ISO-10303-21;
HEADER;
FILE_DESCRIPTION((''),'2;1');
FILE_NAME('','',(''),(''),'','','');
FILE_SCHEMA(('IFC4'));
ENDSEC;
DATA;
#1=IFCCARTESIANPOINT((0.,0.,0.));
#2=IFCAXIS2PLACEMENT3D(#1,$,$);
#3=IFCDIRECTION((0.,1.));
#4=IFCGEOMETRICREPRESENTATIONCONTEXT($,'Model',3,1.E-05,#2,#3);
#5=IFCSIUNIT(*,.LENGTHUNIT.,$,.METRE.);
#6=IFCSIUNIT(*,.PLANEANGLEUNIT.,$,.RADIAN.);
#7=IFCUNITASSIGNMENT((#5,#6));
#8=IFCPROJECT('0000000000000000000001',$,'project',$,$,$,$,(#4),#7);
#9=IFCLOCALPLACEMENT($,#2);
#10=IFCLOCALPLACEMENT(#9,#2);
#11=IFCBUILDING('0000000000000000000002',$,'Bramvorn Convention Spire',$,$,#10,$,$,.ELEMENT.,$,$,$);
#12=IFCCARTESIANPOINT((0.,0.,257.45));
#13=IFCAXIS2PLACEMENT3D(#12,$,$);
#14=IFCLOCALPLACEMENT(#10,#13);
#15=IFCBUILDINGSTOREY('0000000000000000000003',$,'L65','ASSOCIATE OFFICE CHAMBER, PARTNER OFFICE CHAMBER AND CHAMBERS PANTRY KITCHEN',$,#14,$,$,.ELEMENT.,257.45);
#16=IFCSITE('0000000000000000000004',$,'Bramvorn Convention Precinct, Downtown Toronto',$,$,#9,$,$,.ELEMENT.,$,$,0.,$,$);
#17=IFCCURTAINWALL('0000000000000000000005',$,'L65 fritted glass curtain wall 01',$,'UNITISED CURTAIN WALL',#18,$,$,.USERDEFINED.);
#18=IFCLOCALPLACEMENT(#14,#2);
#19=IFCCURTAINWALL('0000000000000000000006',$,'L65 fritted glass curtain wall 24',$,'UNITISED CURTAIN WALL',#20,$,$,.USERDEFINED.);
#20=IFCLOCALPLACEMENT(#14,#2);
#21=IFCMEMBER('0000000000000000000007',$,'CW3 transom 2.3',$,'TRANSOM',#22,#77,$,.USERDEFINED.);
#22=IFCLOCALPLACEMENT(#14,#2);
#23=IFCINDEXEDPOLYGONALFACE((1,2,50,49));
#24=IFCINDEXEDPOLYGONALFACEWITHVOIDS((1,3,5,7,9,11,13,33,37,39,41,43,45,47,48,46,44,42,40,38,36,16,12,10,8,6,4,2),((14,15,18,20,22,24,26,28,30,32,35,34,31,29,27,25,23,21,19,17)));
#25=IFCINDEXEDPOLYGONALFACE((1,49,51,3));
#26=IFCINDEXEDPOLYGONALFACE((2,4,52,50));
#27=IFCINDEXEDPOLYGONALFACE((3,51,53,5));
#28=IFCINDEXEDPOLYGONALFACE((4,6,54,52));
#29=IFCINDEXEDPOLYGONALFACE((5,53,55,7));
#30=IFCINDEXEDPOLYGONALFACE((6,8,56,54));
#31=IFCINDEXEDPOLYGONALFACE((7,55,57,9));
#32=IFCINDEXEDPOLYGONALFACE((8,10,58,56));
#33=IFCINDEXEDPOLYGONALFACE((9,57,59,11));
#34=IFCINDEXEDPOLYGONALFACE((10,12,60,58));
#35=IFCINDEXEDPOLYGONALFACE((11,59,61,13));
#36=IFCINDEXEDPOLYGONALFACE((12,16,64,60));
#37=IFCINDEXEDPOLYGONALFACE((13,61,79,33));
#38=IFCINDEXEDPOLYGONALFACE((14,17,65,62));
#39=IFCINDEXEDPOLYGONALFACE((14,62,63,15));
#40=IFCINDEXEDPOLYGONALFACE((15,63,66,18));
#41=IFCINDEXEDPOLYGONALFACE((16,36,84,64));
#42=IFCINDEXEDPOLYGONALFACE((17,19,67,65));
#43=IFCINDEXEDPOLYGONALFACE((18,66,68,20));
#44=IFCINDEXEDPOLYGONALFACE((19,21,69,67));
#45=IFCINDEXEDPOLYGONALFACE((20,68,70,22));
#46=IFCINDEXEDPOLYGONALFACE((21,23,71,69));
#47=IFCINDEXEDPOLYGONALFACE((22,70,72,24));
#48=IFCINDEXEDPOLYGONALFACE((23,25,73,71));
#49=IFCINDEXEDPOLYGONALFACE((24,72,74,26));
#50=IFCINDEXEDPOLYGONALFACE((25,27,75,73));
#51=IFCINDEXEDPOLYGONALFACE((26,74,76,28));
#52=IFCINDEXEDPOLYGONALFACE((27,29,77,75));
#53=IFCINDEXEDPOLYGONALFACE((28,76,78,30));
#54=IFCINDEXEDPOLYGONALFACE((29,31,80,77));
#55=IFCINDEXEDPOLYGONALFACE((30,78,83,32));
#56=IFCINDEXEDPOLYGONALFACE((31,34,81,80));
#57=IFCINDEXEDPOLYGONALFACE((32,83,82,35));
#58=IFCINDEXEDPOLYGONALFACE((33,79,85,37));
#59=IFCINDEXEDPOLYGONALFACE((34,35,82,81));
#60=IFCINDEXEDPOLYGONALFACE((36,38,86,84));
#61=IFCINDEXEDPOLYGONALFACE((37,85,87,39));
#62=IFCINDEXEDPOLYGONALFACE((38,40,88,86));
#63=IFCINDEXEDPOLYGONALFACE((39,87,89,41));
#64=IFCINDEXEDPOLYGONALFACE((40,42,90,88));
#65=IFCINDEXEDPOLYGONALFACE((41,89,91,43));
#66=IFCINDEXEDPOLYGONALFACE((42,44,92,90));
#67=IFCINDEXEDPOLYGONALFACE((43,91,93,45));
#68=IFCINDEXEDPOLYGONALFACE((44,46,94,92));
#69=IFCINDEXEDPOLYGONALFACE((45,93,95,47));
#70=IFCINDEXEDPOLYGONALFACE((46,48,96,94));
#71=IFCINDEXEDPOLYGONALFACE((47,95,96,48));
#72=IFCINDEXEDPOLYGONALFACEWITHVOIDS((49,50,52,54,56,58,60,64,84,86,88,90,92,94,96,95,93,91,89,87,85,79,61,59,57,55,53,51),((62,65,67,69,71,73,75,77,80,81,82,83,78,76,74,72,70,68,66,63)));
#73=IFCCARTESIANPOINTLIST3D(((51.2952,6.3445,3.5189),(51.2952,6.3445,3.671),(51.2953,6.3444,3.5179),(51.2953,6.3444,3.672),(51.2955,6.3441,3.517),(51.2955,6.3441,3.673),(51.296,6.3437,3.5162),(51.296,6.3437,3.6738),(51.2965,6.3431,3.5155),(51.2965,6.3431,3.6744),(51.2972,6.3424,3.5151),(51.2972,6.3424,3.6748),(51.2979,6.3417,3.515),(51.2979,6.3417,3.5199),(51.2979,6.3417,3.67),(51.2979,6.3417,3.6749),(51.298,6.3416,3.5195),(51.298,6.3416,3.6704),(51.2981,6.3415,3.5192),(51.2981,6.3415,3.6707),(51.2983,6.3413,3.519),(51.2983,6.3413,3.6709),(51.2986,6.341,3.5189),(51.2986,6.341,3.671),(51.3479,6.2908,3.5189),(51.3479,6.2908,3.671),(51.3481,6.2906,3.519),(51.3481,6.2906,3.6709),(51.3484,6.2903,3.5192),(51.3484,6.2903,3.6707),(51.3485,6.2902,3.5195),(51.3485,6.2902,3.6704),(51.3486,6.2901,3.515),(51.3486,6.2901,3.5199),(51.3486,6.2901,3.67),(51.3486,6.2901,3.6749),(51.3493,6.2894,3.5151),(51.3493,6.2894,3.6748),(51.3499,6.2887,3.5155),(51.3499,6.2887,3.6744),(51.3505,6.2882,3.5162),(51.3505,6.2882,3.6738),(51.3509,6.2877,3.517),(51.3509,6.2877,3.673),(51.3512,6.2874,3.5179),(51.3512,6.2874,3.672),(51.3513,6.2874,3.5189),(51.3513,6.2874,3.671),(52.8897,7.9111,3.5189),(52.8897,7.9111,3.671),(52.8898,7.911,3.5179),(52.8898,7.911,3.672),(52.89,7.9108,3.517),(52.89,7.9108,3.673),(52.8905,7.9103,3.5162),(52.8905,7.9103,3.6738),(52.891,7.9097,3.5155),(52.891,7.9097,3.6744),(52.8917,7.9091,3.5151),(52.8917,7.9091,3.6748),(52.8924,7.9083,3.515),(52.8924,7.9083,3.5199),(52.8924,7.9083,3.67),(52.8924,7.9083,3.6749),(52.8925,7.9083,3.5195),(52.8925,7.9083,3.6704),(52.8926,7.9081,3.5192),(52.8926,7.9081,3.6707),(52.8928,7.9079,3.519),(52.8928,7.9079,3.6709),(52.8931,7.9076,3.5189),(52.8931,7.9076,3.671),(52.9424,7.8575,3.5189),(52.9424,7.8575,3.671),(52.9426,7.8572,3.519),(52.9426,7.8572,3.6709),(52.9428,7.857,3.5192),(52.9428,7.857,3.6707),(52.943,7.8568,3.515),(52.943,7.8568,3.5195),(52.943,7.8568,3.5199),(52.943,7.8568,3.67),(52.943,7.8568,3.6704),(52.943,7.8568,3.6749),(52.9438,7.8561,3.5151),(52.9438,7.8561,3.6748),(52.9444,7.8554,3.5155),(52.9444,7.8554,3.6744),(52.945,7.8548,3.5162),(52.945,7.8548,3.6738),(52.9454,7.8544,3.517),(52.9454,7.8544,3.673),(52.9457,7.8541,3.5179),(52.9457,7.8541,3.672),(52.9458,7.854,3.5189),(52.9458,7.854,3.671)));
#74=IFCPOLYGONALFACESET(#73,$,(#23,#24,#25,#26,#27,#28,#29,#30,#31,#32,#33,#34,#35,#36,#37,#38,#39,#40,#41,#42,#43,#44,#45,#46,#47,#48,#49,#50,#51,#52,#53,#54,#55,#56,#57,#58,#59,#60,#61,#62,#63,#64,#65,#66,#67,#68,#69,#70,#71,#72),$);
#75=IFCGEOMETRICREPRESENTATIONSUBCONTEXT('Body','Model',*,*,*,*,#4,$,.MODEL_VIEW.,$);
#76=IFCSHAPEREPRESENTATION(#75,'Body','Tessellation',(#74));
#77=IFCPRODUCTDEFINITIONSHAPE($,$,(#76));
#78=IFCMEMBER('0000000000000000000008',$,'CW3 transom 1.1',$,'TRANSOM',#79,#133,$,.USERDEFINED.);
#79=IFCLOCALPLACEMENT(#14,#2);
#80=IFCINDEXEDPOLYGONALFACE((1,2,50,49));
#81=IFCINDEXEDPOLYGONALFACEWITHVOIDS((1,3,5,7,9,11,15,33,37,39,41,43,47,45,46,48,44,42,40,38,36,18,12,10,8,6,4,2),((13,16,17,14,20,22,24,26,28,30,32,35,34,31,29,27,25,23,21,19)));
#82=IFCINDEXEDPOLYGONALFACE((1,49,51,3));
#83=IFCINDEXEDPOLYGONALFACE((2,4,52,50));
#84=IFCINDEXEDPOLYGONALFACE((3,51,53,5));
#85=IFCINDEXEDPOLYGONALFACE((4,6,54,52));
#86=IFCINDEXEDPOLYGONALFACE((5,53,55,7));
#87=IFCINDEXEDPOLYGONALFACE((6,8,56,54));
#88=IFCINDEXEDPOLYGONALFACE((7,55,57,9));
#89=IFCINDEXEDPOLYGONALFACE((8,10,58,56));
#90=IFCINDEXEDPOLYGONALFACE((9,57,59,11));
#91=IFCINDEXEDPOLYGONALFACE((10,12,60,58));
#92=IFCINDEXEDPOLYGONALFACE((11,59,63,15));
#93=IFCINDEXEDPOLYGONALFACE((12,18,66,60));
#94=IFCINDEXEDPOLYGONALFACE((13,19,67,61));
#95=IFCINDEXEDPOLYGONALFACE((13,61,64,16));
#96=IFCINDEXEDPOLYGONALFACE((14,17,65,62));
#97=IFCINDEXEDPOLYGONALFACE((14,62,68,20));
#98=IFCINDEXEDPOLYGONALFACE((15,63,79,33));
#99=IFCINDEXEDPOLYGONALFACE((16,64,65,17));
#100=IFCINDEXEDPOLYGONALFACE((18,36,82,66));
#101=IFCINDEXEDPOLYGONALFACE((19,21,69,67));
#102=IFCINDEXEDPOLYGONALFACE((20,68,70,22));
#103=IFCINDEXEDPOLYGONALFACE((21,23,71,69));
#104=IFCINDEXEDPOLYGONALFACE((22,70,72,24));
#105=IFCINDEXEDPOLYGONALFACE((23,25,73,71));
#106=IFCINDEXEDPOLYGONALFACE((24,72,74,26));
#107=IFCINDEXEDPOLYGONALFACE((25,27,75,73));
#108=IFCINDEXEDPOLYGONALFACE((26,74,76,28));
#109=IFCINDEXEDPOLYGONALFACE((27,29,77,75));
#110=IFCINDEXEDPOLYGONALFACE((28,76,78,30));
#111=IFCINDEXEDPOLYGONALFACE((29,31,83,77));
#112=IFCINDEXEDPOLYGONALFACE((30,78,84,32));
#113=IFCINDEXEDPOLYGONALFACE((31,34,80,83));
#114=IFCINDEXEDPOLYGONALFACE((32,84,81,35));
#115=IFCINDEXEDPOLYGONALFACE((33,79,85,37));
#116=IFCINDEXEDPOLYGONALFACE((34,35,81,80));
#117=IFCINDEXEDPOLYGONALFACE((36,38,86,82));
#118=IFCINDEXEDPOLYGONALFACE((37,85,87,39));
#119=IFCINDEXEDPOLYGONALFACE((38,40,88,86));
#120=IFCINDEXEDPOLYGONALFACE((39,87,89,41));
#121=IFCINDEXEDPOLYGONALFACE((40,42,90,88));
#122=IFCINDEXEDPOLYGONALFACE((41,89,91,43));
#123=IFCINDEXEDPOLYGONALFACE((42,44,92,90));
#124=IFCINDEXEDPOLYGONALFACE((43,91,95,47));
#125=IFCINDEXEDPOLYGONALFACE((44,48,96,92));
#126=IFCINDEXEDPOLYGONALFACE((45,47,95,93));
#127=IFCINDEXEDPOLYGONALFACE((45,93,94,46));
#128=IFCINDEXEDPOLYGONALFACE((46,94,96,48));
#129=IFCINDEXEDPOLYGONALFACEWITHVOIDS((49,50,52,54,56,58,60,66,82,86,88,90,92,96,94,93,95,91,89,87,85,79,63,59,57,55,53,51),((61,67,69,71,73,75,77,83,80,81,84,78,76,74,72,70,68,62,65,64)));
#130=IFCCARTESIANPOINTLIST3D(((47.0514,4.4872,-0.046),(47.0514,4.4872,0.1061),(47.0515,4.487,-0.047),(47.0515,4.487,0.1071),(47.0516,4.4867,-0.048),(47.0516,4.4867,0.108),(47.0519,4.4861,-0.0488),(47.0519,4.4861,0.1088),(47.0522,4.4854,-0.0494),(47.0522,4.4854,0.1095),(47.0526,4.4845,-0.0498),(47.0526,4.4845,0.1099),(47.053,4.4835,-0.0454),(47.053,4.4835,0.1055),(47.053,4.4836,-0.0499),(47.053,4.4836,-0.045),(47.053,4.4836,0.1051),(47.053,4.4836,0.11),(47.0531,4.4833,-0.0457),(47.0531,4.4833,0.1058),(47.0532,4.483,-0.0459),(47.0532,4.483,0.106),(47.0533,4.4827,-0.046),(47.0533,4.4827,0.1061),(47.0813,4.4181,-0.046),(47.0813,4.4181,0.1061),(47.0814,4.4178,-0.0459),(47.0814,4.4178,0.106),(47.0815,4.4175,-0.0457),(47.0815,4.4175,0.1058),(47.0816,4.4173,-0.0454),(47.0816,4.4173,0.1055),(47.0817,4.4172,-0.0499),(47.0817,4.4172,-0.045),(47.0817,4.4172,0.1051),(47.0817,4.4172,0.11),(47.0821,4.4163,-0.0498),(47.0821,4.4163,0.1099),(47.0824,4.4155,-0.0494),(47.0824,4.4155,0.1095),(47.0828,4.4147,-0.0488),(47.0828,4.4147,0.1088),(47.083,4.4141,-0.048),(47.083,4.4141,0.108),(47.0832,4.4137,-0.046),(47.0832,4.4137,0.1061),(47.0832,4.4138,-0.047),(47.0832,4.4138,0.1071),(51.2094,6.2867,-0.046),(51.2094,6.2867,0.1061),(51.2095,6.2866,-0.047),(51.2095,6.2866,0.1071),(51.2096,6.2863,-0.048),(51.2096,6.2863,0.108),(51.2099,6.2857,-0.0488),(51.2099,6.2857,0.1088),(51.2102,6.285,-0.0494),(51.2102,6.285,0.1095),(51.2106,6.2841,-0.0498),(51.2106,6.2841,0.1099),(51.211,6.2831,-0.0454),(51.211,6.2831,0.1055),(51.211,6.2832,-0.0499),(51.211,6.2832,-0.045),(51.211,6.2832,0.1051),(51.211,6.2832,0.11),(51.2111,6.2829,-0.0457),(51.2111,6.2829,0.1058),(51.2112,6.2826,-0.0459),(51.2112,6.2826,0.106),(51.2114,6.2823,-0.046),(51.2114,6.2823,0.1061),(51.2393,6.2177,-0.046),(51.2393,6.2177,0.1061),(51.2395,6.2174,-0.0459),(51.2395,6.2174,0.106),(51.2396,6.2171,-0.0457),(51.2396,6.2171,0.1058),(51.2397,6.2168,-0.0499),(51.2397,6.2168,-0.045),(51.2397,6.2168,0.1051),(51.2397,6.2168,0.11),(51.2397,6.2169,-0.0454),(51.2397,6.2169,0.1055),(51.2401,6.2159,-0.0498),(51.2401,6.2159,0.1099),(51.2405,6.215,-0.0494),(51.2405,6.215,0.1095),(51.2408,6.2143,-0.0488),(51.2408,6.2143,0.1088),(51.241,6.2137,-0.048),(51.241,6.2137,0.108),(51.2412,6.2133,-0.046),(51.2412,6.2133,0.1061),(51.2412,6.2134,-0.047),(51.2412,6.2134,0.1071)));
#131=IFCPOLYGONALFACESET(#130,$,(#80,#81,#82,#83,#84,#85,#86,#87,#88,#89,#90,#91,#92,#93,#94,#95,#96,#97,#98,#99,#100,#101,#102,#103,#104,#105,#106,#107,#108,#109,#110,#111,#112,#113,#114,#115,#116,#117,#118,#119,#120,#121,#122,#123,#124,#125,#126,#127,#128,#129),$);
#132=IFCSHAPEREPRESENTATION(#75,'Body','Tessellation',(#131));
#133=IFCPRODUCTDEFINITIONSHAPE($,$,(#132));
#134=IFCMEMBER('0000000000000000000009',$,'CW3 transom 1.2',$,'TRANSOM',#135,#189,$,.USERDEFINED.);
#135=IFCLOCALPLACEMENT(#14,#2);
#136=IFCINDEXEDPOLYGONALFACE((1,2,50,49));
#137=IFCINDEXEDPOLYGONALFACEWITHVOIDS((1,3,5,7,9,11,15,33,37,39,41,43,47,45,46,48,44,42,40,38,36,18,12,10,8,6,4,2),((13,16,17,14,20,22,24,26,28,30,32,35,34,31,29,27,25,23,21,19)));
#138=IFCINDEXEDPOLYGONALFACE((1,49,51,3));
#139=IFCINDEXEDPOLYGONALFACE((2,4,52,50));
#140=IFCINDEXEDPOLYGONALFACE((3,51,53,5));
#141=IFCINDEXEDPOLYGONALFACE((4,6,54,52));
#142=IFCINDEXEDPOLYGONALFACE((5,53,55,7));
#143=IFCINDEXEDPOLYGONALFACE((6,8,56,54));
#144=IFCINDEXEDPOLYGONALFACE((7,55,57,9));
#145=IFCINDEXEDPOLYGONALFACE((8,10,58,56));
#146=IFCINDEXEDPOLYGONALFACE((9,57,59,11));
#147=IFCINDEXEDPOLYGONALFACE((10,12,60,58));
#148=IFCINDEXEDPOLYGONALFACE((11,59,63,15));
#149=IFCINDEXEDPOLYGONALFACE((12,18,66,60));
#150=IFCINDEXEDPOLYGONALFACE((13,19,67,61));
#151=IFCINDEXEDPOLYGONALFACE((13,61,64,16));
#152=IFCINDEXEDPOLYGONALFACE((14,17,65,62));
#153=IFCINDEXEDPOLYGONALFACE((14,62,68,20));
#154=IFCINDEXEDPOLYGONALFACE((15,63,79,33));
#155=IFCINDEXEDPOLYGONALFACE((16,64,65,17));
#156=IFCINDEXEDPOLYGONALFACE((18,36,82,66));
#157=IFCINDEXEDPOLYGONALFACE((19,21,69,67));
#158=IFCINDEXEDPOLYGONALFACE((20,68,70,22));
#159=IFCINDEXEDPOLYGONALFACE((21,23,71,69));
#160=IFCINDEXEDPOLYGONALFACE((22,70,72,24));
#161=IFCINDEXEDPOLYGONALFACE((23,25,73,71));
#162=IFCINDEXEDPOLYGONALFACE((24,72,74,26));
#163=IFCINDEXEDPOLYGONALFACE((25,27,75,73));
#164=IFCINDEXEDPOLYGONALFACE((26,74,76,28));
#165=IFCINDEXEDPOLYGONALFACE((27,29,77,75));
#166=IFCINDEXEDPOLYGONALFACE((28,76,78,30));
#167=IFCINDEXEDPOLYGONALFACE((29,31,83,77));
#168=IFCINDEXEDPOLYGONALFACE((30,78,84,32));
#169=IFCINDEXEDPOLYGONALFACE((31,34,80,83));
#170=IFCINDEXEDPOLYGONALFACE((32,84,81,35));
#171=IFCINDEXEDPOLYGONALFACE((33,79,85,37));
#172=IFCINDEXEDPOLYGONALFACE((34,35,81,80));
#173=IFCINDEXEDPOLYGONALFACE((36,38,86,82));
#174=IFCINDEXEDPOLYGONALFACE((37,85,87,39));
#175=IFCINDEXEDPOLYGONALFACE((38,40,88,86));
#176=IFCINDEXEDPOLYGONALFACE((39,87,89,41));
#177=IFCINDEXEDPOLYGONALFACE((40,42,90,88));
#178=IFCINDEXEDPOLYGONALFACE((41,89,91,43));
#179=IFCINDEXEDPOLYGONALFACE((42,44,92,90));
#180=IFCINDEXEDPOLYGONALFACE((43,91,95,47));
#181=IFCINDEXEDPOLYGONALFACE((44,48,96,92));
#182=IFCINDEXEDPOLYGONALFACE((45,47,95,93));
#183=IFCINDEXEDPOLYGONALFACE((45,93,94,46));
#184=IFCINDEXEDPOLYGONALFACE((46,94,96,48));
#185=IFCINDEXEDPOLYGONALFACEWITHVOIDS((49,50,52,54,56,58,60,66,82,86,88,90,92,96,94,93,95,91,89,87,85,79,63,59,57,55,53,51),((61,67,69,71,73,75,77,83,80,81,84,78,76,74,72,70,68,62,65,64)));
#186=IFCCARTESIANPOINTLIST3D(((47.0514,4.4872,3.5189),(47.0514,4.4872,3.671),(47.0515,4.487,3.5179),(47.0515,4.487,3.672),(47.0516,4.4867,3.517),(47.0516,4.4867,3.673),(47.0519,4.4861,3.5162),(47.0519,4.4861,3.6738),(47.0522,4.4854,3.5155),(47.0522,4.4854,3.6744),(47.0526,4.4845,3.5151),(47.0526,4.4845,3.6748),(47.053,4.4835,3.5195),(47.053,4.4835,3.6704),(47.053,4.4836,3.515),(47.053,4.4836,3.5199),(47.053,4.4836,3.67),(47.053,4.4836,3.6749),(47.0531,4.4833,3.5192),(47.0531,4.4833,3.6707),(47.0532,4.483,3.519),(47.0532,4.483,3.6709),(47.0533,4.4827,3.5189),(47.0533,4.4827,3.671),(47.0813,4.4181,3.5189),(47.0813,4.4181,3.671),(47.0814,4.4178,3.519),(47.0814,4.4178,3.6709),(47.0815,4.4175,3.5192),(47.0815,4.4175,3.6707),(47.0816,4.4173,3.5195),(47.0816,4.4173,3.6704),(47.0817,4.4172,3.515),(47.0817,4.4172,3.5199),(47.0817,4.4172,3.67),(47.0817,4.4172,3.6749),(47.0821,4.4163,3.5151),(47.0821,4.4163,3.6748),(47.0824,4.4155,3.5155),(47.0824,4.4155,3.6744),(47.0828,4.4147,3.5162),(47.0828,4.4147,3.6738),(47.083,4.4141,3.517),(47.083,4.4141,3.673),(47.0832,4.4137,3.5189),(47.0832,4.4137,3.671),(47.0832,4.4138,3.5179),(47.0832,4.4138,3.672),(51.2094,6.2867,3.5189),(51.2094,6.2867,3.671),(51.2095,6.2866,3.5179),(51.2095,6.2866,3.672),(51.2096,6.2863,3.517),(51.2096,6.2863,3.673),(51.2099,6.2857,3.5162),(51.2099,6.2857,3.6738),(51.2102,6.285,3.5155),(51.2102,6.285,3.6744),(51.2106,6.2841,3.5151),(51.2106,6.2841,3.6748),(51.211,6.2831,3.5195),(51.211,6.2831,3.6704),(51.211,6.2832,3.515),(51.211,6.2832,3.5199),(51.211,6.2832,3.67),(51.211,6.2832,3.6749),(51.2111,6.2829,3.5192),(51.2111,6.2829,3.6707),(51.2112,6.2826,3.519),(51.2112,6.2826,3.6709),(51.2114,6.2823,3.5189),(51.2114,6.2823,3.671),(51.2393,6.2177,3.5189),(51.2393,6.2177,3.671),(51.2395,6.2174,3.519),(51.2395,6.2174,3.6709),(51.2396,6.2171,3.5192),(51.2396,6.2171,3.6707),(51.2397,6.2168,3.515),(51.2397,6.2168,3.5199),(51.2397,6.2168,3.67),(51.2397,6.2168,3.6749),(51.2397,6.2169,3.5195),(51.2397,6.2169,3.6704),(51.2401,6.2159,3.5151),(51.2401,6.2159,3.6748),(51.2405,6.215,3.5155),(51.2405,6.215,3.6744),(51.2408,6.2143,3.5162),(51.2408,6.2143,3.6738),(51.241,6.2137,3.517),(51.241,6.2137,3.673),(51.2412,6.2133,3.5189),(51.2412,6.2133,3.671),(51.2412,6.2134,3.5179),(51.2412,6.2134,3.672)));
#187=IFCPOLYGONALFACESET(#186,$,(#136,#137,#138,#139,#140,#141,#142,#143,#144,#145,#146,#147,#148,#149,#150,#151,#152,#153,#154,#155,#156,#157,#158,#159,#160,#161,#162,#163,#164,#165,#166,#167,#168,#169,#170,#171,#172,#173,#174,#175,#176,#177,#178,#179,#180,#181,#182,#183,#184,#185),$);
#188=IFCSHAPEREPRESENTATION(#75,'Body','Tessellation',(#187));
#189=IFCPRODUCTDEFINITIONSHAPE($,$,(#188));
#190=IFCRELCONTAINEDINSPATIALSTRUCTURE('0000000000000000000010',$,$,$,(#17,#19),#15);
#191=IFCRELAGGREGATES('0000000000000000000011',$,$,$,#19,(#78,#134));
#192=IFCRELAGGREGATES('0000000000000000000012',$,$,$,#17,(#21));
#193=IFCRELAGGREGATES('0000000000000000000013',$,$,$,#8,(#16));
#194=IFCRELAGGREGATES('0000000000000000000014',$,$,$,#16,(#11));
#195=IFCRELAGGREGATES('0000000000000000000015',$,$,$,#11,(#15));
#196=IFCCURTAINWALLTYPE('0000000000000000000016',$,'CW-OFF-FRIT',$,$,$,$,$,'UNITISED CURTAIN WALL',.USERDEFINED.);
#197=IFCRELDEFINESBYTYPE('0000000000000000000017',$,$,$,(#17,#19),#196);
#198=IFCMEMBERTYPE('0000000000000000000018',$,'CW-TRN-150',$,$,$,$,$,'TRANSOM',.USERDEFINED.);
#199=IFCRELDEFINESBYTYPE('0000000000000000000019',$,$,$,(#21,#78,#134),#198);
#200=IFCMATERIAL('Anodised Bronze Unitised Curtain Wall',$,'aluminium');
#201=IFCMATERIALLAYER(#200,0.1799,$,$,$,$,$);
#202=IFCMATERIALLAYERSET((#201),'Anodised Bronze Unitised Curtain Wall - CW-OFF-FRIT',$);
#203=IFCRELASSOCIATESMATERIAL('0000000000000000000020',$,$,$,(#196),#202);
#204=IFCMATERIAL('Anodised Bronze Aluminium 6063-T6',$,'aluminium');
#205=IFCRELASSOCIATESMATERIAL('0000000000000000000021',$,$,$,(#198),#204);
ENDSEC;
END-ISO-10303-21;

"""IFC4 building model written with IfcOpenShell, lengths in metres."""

from ifc_helpers import new_model, si_unit, direction, frame, origin, origin_2d, place, context, subcontext, project, spatial, hollow_rectangle, extrude, material, layer, layer_set, material_profile, profile_set, type_object, element, aggregate, save


model = new_model("IFC4")

# Units and contexts
model_context = context("Model", 3, precision=1e-05, world=origin(), true_north=direction((0.0, 1.0)))
body_context = subcontext(model_context, "Body", "Model", "MODEL_VIEW")
ifc_project = project(units=[si_unit("LENGTHUNIT", "METRE"), si_unit("PLANEANGLEUNIT", "RADIAN")], contexts=[model_context])

# Site, building, storey
site_placement = place(None, origin())
site = spatial("IfcSite", under=ifc_project, at=site_placement, Name="Bramvorn Convention Precinct, Downtown Toronto", CompositionType="ELEMENT", RefElevation=0.0)
building_placement = place(site_placement, origin())
building = spatial("IfcBuilding", under=site, at=building_placement, Name="Bramvorn Convention Spire", CompositionType="ELEMENT")
storey_placement = place(building_placement, frame((0.0, 0.0, 257.45)))
storey = spatial("IfcBuildingStorey", under=building, at=storey_placement, Name="L65", Description="ASSOCIATE OFFICE CHAMBER, PARTNER OFFICE CHAMBER AND CHAMBERS PANTRY KITCHEN", CompositionType="ELEMENT", Elevation=257.45)

# Curtain wall
ifc_material_1 = material(Name="Anodised Bronze Unitised Curtain Wall", Category="aluminium")
ifc_layer_1 = layer(ifc_material_1, 0.1799)
ifc_layer_set_1 = layer_set([ifc_layer_1], Name="Anodised Bronze Unitised Curtain Wall - CW-OFF-FRIT")
curtain_wall_type = type_object("IfcCurtainWallType", Name="CW-OFF-FRIT", ElementType="UNITISED CURTAIN WALL", PredefinedType="USERDEFINED", material=ifc_layer_set_1)
curtain_wall_1_placement = place(storey_placement, origin())
curtain_wall_1 = element("IfcCurtainWall", 1, at=curtain_wall_1_placement, inside=storey, type_object=curtain_wall_type, Name="L65 fritted glass curtain wall 01", ObjectType="UNITISED CURTAIN WALL", PredefinedType="USERDEFINED")
ifc_material_2 = material(Name="Anodised Bronze Aluminium 6063-T6", Category="aluminium")

# Curtain wall
curtain_wall_2_placement = place(storey_placement, origin())
curtain_wall_2 = element("IfcCurtainWall", 2, at=curtain_wall_2_placement, inside=storey, type_object=curtain_wall_type, Name="L65 fritted glass curtain wall 24", ObjectType="UNITISED CURTAIN WALL", PredefinedType="USERDEFINED")

# Members
ifc_material_profile_1 = material_profile(ifc_material_2, hollow_rectangle(XDim=0.0801, YDim=0.1599, WallThickness=0.0039, InnerFilletRadius=0.001, OuterFilletRadius=0.0039, at=origin_2d()))
ifc_profile_set_1 = profile_set([ifc_material_profile_1], Name="Anodised Bronze Aluminium 6063-T6 - CWT80X160")
member_type_1 = type_object("IfcMemberType", Name="CW-TRN-150", ElementType="TRANSOM", PredefinedType="USERDEFINED", material=ifc_profile_set_1)
member_1_placement = place(storey_placement, frame((52.9177, 7.8826, 3.595), z_axis=(-0.713305, -0.700854, 0.0), x_axis=(0.700854, -0.713305, 0.0)))
member_1 = element("IfcMember", 3, at=member_1_placement, type_object=member_type_1, Name="CW3 transom 2.3", ObjectType="TRANSOM", PredefinedType="USERDEFINED", context=body_context, shape_type="SweptSolid", body=[
    extrude(hollow_rectangle(XDim=0.0801, YDim=0.1599, WallThickness=0.0039, InnerFilletRadius=0.001, OuterFilletRadius=0.0039, at=origin_2d()), origin(), (0.0, 0.0, 1.0), 2.2354),
])
member_2_placement = place(storey_placement, frame((51.2253, 6.25, 0.03), z_axis=(-0.917734, -0.397195, 0.0), x_axis=(0.397195, -0.917734, 0.0)))
member_2 = element("IfcMember", 4, at=member_2_placement, type_object=member_type_1, Name="CW3 transom 1.1", ObjectType="TRANSOM", PredefinedType="USERDEFINED", context=body_context, shape_type="SweptSolid", body=[
    extrude(hollow_rectangle(XDim=0.0801, YDim=0.1599, WallThickness=0.0039, InnerFilletRadius=0.001, OuterFilletRadius=0.0039, at=origin_2d()), origin(), (0.0, 0.0, 1.0), 4.5308),
])
member_3_placement = place(storey_placement, frame((51.2253, 6.25, 3.595), z_axis=(-0.917734, -0.397195, 0.0), x_axis=(0.397195, -0.917734, 0.0)))
member_3 = element("IfcMember", 5, at=member_3_placement, type_object=member_type_1, Name="CW3 transom 1.2", ObjectType="TRANSOM", PredefinedType="USERDEFINED", context=body_context, shape_type="SweptSolid", body=[
    extrude(hollow_rectangle(XDim=0.0801, YDim=0.1599, WallThickness=0.0039, InnerFilletRadius=0.001, OuterFilletRadius=0.0039, at=origin_2d()), origin(), (0.0, 0.0, 1.0), 4.5308),
])
aggregate(curtain_wall_2, [member_2, member_3])

aggregate(curtain_wall_1, [member_1])

save(model, "model.ifc")
